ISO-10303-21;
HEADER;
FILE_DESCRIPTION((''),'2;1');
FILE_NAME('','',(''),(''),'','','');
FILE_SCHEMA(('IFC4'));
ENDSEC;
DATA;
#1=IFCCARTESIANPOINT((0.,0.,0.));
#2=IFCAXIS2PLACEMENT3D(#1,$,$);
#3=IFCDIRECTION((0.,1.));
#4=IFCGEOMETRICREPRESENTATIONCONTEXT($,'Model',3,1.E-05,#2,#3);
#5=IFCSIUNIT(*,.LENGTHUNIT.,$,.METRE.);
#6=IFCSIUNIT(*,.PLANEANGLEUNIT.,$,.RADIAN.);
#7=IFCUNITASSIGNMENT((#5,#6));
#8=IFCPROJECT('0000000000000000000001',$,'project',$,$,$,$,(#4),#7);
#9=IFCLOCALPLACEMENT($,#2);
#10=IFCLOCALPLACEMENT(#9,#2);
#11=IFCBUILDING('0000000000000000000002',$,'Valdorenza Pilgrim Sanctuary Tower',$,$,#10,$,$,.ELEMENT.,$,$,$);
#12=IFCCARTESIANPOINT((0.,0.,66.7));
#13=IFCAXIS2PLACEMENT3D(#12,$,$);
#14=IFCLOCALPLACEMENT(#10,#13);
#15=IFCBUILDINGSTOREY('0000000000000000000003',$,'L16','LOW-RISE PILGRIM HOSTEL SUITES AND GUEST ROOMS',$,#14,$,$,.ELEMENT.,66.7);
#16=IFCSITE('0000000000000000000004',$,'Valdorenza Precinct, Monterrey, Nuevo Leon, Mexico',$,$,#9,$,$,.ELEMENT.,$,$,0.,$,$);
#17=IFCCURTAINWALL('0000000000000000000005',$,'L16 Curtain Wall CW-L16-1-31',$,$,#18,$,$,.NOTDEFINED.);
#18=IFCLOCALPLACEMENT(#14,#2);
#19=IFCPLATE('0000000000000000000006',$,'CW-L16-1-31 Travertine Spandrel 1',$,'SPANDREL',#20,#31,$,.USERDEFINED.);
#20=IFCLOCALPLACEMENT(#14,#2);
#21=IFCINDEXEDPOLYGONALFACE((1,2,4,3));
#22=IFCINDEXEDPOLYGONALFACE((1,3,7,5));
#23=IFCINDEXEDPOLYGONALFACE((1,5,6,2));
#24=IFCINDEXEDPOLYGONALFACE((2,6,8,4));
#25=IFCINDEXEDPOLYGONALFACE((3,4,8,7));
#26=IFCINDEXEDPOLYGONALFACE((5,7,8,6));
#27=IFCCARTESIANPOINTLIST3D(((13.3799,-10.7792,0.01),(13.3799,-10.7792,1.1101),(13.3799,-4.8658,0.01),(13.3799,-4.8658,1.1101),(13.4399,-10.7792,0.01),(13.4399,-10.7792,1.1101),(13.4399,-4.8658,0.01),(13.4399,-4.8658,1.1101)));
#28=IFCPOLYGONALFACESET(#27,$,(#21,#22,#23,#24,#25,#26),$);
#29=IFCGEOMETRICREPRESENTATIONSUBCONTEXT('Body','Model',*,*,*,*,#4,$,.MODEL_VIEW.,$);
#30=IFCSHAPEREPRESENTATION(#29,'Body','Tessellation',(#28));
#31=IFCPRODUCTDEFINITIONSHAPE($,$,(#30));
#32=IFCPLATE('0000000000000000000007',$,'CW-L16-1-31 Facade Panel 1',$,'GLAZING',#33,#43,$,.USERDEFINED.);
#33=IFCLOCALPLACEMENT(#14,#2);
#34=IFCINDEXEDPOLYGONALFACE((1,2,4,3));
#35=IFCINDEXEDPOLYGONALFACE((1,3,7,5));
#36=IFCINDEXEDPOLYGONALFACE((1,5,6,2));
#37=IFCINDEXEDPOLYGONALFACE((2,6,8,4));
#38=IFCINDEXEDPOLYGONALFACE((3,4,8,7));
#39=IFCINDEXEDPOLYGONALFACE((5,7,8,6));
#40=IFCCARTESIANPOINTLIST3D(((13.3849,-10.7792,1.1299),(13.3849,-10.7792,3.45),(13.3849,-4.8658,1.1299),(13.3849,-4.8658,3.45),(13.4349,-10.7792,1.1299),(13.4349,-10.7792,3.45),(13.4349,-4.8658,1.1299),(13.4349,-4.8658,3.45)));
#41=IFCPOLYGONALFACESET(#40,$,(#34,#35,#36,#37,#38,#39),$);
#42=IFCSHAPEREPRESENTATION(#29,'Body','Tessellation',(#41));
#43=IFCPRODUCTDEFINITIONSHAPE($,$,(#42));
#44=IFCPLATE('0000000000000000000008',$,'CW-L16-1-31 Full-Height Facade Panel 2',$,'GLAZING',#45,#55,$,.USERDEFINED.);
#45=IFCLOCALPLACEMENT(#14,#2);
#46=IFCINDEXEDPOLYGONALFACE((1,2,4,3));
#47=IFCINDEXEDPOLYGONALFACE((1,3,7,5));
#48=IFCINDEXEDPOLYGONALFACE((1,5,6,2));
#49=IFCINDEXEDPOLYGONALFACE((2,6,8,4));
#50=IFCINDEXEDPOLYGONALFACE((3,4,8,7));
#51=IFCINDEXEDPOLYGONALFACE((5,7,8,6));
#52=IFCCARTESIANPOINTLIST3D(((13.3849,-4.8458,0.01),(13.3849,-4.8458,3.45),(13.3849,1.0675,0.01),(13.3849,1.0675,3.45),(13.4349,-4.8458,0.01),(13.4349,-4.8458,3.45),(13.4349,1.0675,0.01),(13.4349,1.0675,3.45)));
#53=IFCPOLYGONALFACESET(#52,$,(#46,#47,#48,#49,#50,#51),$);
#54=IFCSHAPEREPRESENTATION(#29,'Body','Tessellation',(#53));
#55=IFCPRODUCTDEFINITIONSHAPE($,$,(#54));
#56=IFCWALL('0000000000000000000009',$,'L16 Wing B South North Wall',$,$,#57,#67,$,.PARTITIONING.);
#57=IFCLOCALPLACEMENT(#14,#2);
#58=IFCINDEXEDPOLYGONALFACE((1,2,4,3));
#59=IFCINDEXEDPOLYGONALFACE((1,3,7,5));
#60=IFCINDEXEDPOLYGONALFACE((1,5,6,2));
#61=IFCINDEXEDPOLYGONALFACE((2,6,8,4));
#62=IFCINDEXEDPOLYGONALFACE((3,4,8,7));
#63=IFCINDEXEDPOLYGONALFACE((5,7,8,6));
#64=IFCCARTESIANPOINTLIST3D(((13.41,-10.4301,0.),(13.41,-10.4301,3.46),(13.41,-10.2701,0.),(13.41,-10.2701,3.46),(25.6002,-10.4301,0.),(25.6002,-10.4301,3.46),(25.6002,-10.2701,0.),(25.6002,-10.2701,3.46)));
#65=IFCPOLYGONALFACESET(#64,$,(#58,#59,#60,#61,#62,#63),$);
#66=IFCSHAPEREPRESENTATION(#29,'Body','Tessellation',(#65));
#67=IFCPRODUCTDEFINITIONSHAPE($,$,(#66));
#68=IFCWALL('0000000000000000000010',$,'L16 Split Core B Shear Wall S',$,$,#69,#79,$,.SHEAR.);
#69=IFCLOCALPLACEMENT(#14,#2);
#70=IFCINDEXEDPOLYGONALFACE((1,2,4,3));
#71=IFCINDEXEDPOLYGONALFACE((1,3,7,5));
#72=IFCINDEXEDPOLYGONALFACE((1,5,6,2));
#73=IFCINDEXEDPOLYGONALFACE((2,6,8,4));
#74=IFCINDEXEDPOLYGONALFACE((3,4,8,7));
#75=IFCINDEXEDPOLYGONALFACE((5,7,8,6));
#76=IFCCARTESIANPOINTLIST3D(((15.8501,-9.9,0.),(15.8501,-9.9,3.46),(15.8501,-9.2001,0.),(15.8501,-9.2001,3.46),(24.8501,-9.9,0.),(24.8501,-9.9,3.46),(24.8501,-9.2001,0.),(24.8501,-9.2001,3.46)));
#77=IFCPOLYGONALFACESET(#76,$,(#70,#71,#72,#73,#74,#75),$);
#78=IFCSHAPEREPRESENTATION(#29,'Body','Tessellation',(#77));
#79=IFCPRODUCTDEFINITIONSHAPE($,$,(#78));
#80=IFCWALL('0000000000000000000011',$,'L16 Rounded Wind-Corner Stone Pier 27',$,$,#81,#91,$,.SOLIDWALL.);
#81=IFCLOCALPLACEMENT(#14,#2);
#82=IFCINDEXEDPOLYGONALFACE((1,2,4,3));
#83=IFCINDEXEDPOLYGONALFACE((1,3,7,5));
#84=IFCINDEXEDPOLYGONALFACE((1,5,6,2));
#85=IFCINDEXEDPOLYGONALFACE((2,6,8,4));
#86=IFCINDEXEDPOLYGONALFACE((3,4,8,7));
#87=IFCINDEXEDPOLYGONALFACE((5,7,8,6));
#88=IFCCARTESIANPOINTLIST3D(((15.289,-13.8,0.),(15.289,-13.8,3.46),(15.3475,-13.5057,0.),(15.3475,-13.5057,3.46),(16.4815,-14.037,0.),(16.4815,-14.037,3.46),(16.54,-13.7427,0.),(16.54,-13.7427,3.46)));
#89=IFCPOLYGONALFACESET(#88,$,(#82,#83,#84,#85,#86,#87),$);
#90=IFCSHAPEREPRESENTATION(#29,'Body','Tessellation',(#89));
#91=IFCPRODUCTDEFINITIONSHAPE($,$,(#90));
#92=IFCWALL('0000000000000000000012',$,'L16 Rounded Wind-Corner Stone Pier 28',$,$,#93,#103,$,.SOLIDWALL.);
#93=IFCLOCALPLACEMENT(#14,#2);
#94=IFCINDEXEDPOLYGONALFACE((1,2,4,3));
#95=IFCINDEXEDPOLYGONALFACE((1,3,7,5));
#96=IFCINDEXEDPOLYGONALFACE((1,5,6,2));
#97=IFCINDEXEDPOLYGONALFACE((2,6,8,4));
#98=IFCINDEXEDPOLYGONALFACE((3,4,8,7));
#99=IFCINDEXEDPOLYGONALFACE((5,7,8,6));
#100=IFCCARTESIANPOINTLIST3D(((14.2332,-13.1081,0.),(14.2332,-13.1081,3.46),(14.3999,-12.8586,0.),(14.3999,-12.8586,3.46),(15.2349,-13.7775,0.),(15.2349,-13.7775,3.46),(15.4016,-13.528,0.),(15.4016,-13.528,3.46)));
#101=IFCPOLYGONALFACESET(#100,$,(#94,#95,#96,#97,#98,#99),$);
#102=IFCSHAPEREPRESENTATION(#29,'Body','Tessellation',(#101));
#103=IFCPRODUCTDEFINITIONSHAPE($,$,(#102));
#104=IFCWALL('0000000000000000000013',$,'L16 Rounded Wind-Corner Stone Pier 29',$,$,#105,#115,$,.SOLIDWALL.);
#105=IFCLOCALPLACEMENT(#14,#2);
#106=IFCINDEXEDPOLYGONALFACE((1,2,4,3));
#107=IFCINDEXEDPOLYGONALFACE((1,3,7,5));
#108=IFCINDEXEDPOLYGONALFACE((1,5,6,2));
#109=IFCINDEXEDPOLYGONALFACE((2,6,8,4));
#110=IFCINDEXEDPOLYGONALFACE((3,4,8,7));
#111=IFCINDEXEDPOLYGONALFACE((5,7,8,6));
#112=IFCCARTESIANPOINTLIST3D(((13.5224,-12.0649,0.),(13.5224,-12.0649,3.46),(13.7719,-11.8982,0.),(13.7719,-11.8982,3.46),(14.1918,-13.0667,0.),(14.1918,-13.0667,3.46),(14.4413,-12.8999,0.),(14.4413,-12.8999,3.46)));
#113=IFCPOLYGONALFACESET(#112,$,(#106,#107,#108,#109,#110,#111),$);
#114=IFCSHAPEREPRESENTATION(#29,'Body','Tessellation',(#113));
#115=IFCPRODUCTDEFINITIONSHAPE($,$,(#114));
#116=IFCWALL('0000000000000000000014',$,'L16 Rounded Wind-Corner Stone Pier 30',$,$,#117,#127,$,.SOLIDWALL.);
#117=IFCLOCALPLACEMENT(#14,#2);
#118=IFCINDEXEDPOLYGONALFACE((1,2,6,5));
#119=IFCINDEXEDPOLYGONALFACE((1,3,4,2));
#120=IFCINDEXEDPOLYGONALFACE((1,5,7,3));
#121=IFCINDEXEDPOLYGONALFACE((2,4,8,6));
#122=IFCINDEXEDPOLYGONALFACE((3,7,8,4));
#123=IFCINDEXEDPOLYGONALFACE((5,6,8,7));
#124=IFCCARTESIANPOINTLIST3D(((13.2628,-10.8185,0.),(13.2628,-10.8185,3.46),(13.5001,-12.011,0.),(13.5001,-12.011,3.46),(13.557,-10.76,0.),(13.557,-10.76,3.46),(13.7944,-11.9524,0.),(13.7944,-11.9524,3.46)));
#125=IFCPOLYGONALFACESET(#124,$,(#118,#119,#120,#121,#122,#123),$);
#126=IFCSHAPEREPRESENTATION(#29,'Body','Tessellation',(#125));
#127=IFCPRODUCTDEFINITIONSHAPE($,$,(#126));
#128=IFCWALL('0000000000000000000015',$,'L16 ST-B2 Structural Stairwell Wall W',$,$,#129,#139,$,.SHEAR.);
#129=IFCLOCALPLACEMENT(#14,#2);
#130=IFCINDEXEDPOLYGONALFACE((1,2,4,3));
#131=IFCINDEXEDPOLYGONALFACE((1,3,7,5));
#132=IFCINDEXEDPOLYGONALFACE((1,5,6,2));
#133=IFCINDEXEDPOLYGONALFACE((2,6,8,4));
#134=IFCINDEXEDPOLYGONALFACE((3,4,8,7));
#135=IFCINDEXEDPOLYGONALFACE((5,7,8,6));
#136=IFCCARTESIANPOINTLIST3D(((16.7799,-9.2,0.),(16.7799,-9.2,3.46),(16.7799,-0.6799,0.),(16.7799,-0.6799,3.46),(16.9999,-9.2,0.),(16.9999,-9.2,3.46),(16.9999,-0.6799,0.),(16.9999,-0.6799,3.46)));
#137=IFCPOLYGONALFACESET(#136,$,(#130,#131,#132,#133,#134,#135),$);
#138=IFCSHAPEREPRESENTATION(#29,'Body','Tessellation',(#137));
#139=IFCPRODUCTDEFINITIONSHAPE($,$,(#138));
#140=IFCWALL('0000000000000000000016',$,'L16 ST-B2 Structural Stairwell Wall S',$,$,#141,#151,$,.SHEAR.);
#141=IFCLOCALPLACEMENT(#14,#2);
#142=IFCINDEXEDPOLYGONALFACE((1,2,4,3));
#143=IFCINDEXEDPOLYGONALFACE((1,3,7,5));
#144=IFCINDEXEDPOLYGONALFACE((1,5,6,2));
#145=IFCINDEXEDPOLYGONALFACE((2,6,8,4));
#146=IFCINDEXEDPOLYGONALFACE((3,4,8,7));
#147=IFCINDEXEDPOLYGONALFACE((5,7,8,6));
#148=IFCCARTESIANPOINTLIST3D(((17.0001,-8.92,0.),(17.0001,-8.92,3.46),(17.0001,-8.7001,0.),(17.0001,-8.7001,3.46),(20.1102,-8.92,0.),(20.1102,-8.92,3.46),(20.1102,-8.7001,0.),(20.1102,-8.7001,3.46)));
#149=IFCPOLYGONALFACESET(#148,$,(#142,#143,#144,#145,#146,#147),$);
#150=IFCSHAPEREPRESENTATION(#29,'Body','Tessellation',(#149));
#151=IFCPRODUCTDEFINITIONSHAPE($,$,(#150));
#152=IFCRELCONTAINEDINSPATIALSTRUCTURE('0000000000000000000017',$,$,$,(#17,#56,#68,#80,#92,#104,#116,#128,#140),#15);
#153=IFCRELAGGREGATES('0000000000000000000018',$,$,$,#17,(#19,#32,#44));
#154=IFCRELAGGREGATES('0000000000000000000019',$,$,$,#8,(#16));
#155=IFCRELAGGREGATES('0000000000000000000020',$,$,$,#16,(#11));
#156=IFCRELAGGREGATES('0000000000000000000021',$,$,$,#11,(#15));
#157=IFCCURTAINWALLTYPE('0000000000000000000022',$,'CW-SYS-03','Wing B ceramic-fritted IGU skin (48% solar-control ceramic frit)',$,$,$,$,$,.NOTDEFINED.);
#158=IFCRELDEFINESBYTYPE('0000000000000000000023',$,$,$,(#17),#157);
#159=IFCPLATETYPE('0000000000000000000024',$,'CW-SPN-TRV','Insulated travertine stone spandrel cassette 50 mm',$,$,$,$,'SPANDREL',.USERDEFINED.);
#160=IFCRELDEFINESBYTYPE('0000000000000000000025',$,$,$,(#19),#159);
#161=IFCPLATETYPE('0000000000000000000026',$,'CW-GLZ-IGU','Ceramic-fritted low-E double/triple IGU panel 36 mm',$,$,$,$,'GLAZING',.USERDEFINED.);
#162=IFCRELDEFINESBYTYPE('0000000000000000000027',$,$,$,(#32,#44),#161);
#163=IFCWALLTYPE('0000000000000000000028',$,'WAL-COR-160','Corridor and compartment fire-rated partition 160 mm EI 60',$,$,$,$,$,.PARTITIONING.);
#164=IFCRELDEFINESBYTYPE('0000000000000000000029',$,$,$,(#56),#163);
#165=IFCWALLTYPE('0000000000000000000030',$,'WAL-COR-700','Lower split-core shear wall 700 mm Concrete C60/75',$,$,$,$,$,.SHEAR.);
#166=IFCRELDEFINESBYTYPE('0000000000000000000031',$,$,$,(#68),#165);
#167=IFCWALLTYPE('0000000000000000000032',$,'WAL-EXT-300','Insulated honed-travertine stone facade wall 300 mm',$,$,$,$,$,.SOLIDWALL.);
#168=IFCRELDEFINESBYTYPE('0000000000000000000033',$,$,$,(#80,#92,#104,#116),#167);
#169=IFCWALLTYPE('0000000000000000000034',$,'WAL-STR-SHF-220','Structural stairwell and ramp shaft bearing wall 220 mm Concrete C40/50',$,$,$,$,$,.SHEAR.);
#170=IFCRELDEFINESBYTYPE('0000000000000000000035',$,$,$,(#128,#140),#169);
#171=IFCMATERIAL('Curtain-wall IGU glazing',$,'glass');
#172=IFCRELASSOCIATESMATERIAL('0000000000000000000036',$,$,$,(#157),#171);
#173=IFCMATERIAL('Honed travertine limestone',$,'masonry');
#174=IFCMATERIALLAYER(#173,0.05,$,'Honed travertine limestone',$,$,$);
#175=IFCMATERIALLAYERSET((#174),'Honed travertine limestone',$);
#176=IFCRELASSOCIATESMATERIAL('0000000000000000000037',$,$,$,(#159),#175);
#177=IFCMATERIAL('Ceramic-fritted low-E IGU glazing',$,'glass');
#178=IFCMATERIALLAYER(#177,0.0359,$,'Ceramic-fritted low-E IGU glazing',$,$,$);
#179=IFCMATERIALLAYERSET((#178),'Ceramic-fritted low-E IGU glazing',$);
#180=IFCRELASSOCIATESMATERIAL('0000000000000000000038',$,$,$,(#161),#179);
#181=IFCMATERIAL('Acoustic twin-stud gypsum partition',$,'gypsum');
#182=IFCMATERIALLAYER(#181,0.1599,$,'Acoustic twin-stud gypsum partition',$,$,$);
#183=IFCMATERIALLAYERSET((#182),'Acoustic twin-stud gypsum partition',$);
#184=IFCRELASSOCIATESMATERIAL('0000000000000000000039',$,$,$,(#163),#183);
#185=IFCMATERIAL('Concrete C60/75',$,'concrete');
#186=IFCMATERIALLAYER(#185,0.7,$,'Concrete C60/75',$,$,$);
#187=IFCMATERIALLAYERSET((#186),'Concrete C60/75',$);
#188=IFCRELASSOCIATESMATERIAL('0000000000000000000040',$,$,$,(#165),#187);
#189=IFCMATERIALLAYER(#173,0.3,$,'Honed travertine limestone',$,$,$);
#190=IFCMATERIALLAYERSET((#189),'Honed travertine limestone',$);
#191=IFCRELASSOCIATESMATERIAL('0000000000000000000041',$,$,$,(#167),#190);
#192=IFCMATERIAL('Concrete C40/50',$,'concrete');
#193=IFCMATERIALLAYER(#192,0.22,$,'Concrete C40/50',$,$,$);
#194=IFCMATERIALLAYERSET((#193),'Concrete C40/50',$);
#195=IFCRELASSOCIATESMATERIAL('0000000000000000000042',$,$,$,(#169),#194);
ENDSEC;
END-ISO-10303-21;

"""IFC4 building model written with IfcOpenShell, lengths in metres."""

from ifc_helpers import new_model, si_unit, direction, frame, frame_2d, origin, origin_2d, place, context, subcontext, project, spatial, rectangle, extrude, source, transform, mapped, material, layer, layer_set, type_object, element, aggregate, save


model = new_model("IFC4")

# Units and contexts
model_context = context("Model", 3, precision=1e-05, world=origin(), true_north=direction((0.0, 1.0)))
body_context = subcontext(model_context, "Body", "Model", "MODEL_VIEW")
ifc_project = project(units=[si_unit("LENGTHUNIT", "METRE"), si_unit("PLANEANGLEUNIT", "RADIAN")], contexts=[model_context])

# Site, building, storey
site_placement = place(None, origin())
site = spatial("IfcSite", under=ifc_project, at=site_placement, Name="Valdorenza Precinct, Monterrey, Nuevo Leon, Mexico", CompositionType="ELEMENT", RefElevation=0.0)
building_placement = place(site_placement, origin())
building = spatial("IfcBuilding", under=site, at=building_placement, Name="Valdorenza Pilgrim Sanctuary Tower", CompositionType="ELEMENT")
storey_placement = place(building_placement, frame((0.0, 0.0, 66.7)))
storey = spatial("IfcBuildingStorey", under=building, at=storey_placement, Name="L16", Description="LOW-RISE PILGRIM HOSTEL SUITES AND GUEST ROOMS", CompositionType="ELEMENT", Elevation=66.7)

# Shared definitions
ifc_material_1 = material(Name="Concrete C60/75", Category="concrete")

# Shared definitions
ifc_material_2 = material(Name="Curtain-wall IGU glazing", Category="glass")
curtain_wall_type = type_object("IfcCurtainWallType", Name="CW-SYS-03", Description="Wing B ceramic-fritted IGU skin (48% solar-control ceramic frit)", PredefinedType="NOTDEFINED", material=ifc_material_2)

# Curtain wall, plates
curtain_wall_1_placement = place(storey_placement, origin())
curtain_wall_1 = element("IfcCurtainWall", 1, at=curtain_wall_1_placement, inside=storey, type_object=curtain_wall_type, Name="L16 Curtain Wall CW-L16-1-31", PredefinedType="NOTDEFINED")
ifc_material_3 = material(Name="Honed travertine limestone", Category="masonry")
ifc_layer_1 = layer(ifc_material_3, 0.05, Name="Honed travertine limestone")
ifc_layer_set_1 = layer_set([ifc_layer_1], Name="Honed travertine limestone")
plate_type_1 = type_object("IfcPlateType", Name="CW-SPN-TRV", Description="Insulated travertine stone spandrel cassette 50 mm", ElementType="SPANDREL", PredefinedType="USERDEFINED", material=ifc_layer_set_1)
shared_shape_1 = source(origin(), body_context, "Body", "SweptSolid", [
    extrude(rectangle(XDim=5.9133, YDim=0.0601, at=origin_2d()), origin(), (0.0, 0.0, 1.0), 1.1001),
])
plate_1_placement = place(storey_placement, frame((13.4099, -7.8225, 0.01), z_axis=(0.0, 0.0, 1.0), x_axis=(0.0, 1.0, 0.0)))
plate_1 = element("IfcPlate", 2, at=plate_1_placement, type_object=plate_type_1, Name="CW-L16-1-31 Travertine Spandrel 1", ObjectType="SPANDREL", PredefinedType="USERDEFINED", context=body_context, shape_type="MappedRepresentation", body=[
    mapped(shared_shape_1, transform((0.0, 0.0, 0.0), x_axis=(1.0, 0.0, 0.0), y_axis=(0.0, 1.0, 0.0), z_axis=(0.0, 0.0, 1.0), scale=1.0)),
])
ifc_material_4 = material(Name="Ceramic-fritted low-E IGU glazing", Category="glass")
ifc_layer_2 = layer(ifc_material_4, 0.0359, Name="Ceramic-fritted low-E IGU glazing")
ifc_layer_set_2 = layer_set([ifc_layer_2], Name="Ceramic-fritted low-E IGU glazing")
plate_type_2 = type_object("IfcPlateType", Name="CW-GLZ-IGU", Description="Ceramic-fritted low-E double/triple IGU panel 36 mm", ElementType="GLAZING", PredefinedType="USERDEFINED", material=ifc_layer_set_2)
shared_shape_2 = source(origin(), body_context, "Body", "SweptSolid", [
    extrude(rectangle(XDim=5.9133, YDim=0.05, at=origin_2d()), origin(), (0.0, 0.0, 1.0), 2.3201),
])
plate_2_placement = place(storey_placement, frame((13.4099, -7.8225, 1.1299), z_axis=(0.0, 0.0, 1.0), x_axis=(0.0, 1.0, 0.0)))
plate_2 = element("IfcPlate", 3, at=plate_2_placement, type_object=plate_type_2, Name="CW-L16-1-31 Facade Panel 1", ObjectType="GLAZING", PredefinedType="USERDEFINED", context=body_context, shape_type="MappedRepresentation", body=[
    mapped(shared_shape_2, transform((0.0, 0.0, 0.0), x_axis=(1.0, 0.0, 0.0), y_axis=(0.0, 1.0, 0.0), z_axis=(0.0, 0.0, 1.0), scale=1.0)),
])
shared_shape_3 = source(origin(), body_context, "Body", "SweptSolid", [
    extrude(rectangle(XDim=5.9133, YDim=0.05, at=origin_2d()), origin(), (0.0, 0.0, 1.0), 3.4399),
])
plate_3_placement = place(storey_placement, frame((13.4099, -1.8892, 0.01), z_axis=(0.0, 0.0, 1.0), x_axis=(0.0, 1.0, 0.0)))
plate_3 = element("IfcPlate", 4, at=plate_3_placement, type_object=plate_type_2, Name="CW-L16-1-31 Full-Height Facade Panel 2", ObjectType="GLAZING", PredefinedType="USERDEFINED", context=body_context, shape_type="MappedRepresentation", body=[
    mapped(shared_shape_3, transform((0.0, 0.0, 0.0), x_axis=(1.0, 0.0, 0.0), y_axis=(0.0, 1.0, 0.0), z_axis=(0.0, 0.0, 1.0), scale=1.0)),
])
aggregate(curtain_wall_1, [plate_1, plate_2, plate_3])

# Walls
ifc_material_5 = material(Name="Acoustic twin-stud gypsum partition", Category="gypsum")
ifc_layer_3 = layer(ifc_material_5, 0.1599, Name="Acoustic twin-stud gypsum partition")
ifc_layer_set_3 = layer_set([ifc_layer_3], Name="Acoustic twin-stud gypsum partition")
wall_type_1 = type_object("IfcWallType", Name="WAL-COR-160", Description="Corridor and compartment fire-rated partition 160 mm EI 60", PredefinedType="PARTITIONING", material=ifc_layer_set_3)
wall_1_placement = place(storey_placement, frame((13.4099, -10.3501, 0.0), z_axis=(0.0, 0.0, 1.0), x_axis=(1.0, 0.0, 0.0)))
element("IfcWall", 5, at=wall_1_placement, inside=storey, type_object=wall_type_1, Name="L16 Wing B South North Wall", PredefinedType="PARTITIONING", context=body_context, shape_type="SweptSolid", body=[
    extrude(rectangle(XDim=12.1902, YDim=0.1599, at=frame_2d((6.0952, 0.0))), origin(), (0.0, 0.0, 1.0), 3.46),
])
ifc_layer_4 = layer(ifc_material_1, 0.7, Name="Concrete C60/75")
ifc_layer_set_4 = layer_set([ifc_layer_4], Name="Concrete C60/75")
wall_type_2 = type_object("IfcWallType", Name="WAL-COR-700", Description="Lower split-core shear wall 700 mm Concrete C60/75", PredefinedType="SHEAR", material=ifc_layer_set_4)
wall_2_placement = place(storey_placement, frame((15.8501, -9.55, 0.0), z_axis=(0.0, 0.0, 1.0), x_axis=(1.0, 0.0, 0.0)))
element("IfcWall", 6, at=wall_2_placement, inside=storey, type_object=wall_type_2, Name="L16 Split Core B Shear Wall S", PredefinedType="SHEAR", context=body_context, shape_type="SweptSolid", body=[
    extrude(rectangle(XDim=9.0, YDim=0.7, at=frame_2d((4.5, 0.0))), origin(), (0.0, 0.0, 1.0), 3.46),
])
ifc_layer_5 = layer(ifc_material_3, 0.3, Name="Honed travertine limestone")
ifc_layer_set_5 = layer_set([ifc_layer_5], Name="Honed travertine limestone")
wall_type_3 = type_object("IfcWallType", Name="WAL-EXT-300", Description="Insulated honed-travertine stone facade wall 300 mm", PredefinedType="SOLIDWALL", material=ifc_layer_set_5)
wall_3_placement = place(storey_placement, frame((16.5107, -13.8899, 0.0), z_axis=(0.0, 0.0, 1.0), x_axis=(-0.980804, 0.194996, 0.0)))
element("IfcWall", 7, at=wall_3_placement, inside=storey, type_object=wall_type_3, Name="L16 Rounded Wind-Corner Stone Pier 27", PredefinedType="SOLIDWALL", context=body_context, shape_type="SweptSolid", body=[
    extrude(rectangle(XDim=1.2158, YDim=0.3, at=frame_2d((0.6079, 0.0))), origin(), (0.0, 0.0, 1.0), 3.46),
])
for number, where, z_axis, x_axis, name in (
    (8, (15.3184, -13.6528, 0.0), (0.0, 0.0, 1.0), (-0.831426, 0.555635, 0.0), "L16 Rounded Wind-Corner Stone Pier 28"),
    (9, (14.3167, -12.9834, 0.0), (0.0, 0.0, 1.0), (-0.555635, 0.831426, 0.0), "L16 Rounded Wind-Corner Stone Pier 29"),
):
    element("IfcWall", number, at=place(storey_placement, frame(where, z_axis=z_axis, x_axis=x_axis)), inside=storey, type_object=wall_type_3, Name=name, PredefinedType="SOLIDWALL", context=body_context, shape_type="SweptSolid", body=[
        extrude(rectangle(XDim=1.2048, YDim=0.3, at=frame_2d((0.6025, 0.0))), origin(), (0.0, 0.0, 1.0), 3.46),
    ])
wall_4_placement = place(storey_placement, frame((13.6472, -11.9817, 0.0), z_axis=(0.0, 0.0, 1.0), x_axis=(-0.195189, 0.980766, 0.0)))
element("IfcWall", 10, at=wall_4_placement, inside=storey, type_object=wall_type_3, Name="L16 Rounded Wind-Corner Stone Pier 30", PredefinedType="SOLIDWALL", context=body_context, shape_type="SweptSolid", body=[
    extrude(rectangle(XDim=1.2158, YDim=0.3, at=frame_2d((0.6079, 0.0))), origin(), (0.0, 0.0, 1.0), 3.46),
])
ifc_material_6 = material(Name="Concrete C40/50", Category="concrete")
ifc_layer_6 = layer(ifc_material_6, 0.22, Name="Concrete C40/50")
ifc_layer_set_6 = layer_set([ifc_layer_6], Name="Concrete C40/50")
wall_type_4 = type_object("IfcWallType", Name="WAL-STR-SHF-220", Description="Structural stairwell and ramp shaft bearing wall 220 mm Concrete C40/50", PredefinedType="SHEAR", material=ifc_layer_set_6)
wall_5_placement = place(storey_placement, frame((16.8899, -9.2, 0.0), z_axis=(0.0, 0.0, 1.0), x_axis=(0.0, 1.0, 0.0)))
element("IfcWall", 11, at=wall_5_placement, inside=storey, type_object=wall_type_4, Name="L16 ST-B2 Structural Stairwell Wall W", PredefinedType="SHEAR", context=body_context, shape_type="SweptSolid", body=[
    extrude(rectangle(XDim=8.52, YDim=0.22, at=frame_2d((4.26, 0.0))), origin(), (0.0, 0.0, 1.0), 3.46),
])
wall_6_placement = place(storey_placement, frame((17.0, -8.8101, 0.0), z_axis=(0.0, 0.0, 1.0), x_axis=(1.0, 0.0, 0.0)))
element("IfcWall", 12, at=wall_6_placement, inside=storey, type_object=wall_type_4, Name="L16 ST-B2 Structural Stairwell Wall S", PredefinedType="SHEAR", context=body_context, shape_type="SweptSolid", body=[
    extrude(rectangle(XDim=3.1101, YDim=0.22, at=frame_2d((1.5552, 0.0))), origin(), (0.0, 0.0, 1.0), 3.46),
])

save(model, "model.ifc")
